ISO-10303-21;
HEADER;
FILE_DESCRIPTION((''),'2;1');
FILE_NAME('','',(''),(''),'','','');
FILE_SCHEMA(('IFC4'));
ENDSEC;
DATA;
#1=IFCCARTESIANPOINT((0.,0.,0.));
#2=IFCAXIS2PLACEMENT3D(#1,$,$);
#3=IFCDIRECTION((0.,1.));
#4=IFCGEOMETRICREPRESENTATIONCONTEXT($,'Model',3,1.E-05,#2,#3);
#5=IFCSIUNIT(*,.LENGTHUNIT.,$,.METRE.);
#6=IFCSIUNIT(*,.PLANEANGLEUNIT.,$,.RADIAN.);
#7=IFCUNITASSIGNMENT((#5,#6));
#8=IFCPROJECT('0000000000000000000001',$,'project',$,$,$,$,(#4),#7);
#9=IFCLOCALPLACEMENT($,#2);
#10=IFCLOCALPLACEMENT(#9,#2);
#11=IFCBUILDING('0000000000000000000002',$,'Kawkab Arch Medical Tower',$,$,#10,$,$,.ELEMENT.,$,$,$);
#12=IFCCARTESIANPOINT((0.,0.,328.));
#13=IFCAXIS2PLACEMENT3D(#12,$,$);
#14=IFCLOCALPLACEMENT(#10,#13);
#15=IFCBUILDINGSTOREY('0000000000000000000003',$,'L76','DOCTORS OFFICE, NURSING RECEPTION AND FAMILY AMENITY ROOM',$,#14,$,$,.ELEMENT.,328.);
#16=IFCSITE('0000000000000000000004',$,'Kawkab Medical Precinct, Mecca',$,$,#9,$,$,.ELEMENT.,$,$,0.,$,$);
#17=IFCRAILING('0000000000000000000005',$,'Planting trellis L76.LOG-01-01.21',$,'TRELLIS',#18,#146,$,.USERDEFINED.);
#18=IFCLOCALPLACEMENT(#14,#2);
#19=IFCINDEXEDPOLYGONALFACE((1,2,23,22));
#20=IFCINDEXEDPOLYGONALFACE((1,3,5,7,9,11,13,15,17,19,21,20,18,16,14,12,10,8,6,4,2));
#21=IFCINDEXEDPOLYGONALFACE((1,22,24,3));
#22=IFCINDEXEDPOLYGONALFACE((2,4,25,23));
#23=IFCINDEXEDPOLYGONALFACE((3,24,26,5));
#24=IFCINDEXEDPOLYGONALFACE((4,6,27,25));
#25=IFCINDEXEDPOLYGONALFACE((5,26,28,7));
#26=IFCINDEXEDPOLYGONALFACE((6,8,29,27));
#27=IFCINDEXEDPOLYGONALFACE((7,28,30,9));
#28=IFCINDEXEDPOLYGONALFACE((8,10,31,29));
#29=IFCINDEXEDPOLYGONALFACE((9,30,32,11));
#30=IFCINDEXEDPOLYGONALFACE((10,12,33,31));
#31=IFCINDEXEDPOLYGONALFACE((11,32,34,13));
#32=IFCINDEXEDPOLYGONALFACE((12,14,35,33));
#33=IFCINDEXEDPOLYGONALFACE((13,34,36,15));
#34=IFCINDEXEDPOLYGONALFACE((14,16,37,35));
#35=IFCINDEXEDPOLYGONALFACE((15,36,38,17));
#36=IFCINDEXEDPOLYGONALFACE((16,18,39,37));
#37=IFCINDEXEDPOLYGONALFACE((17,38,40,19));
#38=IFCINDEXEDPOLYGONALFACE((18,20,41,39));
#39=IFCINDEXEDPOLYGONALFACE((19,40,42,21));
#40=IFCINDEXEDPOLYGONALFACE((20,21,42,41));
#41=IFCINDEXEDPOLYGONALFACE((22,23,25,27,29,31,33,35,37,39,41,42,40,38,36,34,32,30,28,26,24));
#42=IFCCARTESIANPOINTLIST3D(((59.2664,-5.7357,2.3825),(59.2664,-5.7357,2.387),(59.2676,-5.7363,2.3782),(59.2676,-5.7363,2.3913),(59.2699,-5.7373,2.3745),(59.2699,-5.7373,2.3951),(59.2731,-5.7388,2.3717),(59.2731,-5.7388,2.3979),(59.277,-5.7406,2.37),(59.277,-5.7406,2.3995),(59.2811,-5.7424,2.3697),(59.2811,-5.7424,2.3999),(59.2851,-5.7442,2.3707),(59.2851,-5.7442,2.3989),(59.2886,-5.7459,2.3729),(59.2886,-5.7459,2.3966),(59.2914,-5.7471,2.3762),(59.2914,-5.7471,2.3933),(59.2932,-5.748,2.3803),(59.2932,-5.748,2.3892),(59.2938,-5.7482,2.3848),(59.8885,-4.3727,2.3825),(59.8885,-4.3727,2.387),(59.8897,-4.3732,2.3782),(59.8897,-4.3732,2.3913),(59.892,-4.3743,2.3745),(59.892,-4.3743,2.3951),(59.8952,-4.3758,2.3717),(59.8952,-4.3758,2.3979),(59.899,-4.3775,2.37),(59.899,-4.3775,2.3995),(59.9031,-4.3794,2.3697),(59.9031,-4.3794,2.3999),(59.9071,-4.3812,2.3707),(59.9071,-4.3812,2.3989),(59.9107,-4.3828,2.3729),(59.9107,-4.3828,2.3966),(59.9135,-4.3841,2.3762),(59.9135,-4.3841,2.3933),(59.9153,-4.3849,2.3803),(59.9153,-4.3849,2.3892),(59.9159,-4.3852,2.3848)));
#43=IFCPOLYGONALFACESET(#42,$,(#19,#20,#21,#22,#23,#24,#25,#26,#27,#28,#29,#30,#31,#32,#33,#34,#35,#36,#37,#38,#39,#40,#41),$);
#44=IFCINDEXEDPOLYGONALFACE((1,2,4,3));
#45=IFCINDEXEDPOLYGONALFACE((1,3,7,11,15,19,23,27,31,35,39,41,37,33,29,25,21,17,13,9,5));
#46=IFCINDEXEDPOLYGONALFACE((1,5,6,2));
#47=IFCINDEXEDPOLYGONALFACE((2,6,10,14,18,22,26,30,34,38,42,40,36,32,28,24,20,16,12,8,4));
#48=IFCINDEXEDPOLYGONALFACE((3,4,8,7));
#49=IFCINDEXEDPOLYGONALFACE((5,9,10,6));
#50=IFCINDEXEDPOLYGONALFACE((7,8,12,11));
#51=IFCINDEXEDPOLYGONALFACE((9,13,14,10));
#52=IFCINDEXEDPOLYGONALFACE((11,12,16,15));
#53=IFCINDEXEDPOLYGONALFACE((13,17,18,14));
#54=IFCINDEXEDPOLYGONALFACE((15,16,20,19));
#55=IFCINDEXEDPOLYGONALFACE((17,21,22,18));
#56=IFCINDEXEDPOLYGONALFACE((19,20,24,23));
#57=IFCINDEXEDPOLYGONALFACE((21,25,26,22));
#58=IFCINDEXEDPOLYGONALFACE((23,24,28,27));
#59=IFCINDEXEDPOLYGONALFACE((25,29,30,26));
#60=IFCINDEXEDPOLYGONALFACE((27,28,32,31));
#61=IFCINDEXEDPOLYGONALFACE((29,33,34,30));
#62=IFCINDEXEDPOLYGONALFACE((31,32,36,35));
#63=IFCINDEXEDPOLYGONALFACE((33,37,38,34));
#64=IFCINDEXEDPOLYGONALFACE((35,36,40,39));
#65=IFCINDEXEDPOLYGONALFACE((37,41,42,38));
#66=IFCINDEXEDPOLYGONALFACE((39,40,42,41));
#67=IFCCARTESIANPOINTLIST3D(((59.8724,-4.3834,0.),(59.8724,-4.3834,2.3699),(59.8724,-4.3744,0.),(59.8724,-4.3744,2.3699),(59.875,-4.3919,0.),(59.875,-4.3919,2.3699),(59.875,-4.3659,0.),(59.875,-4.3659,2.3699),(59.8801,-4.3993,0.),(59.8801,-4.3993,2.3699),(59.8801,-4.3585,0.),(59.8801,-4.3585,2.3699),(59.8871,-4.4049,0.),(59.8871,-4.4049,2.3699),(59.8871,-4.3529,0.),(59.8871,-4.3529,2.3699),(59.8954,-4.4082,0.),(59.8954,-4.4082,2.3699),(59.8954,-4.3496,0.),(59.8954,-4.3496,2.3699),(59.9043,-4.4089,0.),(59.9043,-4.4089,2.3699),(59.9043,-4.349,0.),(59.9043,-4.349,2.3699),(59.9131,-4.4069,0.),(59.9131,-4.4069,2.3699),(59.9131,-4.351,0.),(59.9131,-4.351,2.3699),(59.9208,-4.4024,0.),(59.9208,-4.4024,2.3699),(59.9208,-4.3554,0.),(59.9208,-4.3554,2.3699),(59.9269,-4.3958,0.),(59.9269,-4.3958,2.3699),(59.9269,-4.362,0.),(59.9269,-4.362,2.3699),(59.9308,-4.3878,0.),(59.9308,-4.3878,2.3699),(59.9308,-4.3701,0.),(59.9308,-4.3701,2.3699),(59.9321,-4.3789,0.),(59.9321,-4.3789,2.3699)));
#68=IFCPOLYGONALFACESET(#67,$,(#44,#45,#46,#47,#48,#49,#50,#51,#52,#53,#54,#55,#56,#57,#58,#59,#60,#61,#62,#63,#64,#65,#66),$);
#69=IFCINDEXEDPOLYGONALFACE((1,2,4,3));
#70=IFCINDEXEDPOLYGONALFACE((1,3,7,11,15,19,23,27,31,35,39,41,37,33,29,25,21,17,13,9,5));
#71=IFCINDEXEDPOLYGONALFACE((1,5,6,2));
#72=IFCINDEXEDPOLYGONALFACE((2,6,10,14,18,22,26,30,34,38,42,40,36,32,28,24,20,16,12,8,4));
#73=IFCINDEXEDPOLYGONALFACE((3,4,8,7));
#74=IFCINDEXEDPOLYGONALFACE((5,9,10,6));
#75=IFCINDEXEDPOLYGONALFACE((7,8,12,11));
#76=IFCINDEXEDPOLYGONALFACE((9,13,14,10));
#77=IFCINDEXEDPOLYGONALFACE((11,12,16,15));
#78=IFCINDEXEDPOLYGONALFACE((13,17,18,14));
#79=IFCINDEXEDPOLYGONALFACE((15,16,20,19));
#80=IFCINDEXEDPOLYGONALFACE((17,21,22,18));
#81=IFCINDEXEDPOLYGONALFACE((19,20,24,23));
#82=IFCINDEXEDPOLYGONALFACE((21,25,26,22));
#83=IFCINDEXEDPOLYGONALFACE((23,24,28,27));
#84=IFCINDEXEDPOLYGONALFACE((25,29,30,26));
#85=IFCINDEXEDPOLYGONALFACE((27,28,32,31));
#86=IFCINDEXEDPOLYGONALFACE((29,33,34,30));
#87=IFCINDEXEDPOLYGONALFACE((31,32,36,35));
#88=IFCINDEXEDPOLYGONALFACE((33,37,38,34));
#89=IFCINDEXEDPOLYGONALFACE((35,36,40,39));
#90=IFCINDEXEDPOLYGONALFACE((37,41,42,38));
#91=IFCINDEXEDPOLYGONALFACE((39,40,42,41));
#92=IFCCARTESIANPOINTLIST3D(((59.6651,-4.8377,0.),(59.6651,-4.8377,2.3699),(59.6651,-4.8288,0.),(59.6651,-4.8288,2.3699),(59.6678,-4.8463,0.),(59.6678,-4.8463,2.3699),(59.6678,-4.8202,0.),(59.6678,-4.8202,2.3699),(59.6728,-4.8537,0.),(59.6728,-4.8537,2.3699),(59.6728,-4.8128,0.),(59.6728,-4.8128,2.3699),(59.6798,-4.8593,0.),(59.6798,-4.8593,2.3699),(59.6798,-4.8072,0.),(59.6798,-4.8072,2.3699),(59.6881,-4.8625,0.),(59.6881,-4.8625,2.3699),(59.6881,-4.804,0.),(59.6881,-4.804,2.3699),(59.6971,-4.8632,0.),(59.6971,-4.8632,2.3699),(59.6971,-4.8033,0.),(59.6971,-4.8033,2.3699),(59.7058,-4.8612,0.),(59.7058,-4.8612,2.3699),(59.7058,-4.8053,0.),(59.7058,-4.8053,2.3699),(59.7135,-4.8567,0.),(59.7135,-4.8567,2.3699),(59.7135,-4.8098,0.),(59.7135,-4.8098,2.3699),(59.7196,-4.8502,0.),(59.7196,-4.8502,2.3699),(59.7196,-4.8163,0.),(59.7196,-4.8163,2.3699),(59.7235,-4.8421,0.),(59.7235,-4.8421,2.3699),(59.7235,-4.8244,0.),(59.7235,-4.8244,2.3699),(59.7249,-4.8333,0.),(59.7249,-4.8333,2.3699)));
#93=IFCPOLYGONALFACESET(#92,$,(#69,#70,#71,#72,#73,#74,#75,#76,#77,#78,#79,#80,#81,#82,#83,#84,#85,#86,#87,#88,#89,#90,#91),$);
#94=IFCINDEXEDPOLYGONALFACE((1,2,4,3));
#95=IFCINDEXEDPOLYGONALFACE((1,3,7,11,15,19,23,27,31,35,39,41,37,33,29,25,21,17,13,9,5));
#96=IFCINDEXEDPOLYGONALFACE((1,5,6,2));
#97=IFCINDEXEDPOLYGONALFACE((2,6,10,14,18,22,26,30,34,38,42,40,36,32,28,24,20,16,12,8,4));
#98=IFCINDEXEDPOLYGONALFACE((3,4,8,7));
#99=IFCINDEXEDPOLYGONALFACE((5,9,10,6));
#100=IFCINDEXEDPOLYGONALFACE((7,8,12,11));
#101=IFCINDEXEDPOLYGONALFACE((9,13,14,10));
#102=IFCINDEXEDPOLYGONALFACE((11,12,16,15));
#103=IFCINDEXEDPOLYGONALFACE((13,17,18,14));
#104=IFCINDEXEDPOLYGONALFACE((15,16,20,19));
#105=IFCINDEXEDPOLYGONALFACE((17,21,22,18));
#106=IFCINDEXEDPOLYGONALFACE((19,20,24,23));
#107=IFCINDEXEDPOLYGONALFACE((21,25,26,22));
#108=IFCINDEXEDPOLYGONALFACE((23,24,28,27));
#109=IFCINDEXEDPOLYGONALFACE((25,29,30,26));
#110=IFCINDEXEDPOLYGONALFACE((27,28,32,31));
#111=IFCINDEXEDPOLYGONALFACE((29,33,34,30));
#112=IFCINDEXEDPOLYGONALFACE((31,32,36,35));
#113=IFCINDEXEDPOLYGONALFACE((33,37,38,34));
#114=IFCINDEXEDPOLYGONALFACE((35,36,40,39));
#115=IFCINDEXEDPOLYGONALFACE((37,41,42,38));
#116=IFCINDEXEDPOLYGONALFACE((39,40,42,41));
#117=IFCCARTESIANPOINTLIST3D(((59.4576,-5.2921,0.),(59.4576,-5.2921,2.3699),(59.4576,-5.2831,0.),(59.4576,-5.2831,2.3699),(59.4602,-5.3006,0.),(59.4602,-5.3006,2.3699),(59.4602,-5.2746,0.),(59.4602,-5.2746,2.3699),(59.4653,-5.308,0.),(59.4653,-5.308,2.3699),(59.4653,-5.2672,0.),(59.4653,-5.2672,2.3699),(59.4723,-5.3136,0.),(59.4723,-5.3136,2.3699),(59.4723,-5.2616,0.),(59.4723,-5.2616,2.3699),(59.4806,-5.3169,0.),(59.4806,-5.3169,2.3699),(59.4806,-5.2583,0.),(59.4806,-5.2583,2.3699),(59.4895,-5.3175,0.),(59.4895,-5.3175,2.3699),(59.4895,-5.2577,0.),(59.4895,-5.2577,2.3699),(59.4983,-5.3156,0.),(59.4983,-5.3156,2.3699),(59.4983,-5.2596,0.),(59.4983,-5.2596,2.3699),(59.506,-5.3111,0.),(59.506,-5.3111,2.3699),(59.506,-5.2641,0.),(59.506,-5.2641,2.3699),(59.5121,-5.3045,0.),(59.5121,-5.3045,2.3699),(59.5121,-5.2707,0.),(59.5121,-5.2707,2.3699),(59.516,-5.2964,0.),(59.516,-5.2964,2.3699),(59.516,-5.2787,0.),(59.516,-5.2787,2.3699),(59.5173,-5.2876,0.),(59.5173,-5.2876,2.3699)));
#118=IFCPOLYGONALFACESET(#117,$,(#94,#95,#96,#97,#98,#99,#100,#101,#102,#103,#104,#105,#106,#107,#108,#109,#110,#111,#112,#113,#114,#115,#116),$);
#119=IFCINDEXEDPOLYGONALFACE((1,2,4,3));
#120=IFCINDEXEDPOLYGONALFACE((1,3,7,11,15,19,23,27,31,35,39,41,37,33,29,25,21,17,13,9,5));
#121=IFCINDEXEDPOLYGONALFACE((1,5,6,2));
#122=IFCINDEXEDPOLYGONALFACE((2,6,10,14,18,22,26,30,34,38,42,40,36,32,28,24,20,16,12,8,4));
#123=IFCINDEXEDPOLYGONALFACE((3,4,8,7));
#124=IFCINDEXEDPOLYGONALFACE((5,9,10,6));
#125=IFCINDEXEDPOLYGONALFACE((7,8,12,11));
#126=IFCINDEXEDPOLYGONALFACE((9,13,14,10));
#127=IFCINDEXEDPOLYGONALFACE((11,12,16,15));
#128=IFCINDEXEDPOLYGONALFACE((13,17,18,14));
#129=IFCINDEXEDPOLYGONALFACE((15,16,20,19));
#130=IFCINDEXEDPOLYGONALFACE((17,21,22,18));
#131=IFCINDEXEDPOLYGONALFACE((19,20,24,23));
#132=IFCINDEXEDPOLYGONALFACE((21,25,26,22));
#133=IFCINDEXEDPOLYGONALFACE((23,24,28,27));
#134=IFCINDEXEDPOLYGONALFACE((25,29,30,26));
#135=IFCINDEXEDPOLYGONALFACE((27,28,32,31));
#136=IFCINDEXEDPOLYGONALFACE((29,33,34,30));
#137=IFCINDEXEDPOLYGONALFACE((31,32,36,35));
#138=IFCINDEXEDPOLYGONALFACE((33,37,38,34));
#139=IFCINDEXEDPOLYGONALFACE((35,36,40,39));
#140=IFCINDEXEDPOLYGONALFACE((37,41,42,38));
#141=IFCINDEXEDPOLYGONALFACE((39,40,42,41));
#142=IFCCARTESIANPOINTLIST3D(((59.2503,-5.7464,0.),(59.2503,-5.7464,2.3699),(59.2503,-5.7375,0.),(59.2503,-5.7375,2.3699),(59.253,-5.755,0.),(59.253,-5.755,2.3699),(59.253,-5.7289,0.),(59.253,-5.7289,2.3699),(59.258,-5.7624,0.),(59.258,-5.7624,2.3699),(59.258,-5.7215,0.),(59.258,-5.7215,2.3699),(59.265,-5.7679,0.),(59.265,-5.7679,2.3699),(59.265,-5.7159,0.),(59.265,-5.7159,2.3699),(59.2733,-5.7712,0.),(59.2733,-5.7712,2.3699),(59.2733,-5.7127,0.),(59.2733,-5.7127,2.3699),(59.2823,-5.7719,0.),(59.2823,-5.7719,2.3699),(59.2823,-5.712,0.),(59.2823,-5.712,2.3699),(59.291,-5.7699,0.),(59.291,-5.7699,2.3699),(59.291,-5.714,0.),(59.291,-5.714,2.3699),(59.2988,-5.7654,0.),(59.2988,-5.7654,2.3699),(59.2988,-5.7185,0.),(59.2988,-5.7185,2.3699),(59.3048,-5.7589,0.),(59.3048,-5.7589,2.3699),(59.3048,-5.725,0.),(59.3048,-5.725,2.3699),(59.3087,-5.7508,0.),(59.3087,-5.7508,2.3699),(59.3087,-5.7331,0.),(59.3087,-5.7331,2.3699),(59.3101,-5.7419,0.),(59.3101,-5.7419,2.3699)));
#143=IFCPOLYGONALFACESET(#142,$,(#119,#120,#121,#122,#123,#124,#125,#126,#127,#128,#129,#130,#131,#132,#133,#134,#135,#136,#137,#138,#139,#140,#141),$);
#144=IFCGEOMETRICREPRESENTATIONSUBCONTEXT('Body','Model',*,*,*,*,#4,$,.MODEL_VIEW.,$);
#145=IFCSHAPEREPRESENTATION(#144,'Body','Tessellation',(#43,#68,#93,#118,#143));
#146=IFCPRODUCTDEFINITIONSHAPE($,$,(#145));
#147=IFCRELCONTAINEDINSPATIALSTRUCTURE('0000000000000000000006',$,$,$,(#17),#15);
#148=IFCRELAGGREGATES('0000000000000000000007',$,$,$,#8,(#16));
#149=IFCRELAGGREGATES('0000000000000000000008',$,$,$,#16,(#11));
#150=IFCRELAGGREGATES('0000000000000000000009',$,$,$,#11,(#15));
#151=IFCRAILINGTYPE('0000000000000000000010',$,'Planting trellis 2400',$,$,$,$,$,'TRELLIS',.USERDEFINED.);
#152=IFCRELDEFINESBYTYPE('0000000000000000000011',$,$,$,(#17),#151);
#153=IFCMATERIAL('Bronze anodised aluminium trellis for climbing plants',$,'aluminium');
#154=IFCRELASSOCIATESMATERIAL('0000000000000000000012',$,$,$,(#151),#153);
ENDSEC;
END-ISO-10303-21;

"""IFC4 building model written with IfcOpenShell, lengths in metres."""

from ifc_helpers import new_model, si_unit, direction, frame, origin, origin_2d, place, context, subcontext, project, spatial, circle, extrude, material, type_object, element, save


model = new_model("IFC4")

# Units and contexts
model_context = context("Model", 3, precision=1e-05, world=origin(), true_north=direction((0.0, 1.0)))
body_context = subcontext(model_context, "Body", "Model", "MODEL_VIEW")
ifc_project = project(units=[si_unit("LENGTHUNIT", "METRE"), si_unit("PLANEANGLEUNIT", "RADIAN")], contexts=[model_context])

# Site, building, storey
site_placement = place(None, origin())
site = spatial("IfcSite", under=ifc_project, at=site_placement, Name="Kawkab Medical Precinct, Mecca", CompositionType="ELEMENT", RefElevation=0.0)
building_placement = place(site_placement, origin())
building = spatial("IfcBuilding", under=site, at=building_placement, Name="Kawkab Arch Medical Tower", CompositionType="ELEMENT")
storey_placement = place(building_placement, frame((0.0, 0.0, 328.0)))
storey = spatial("IfcBuildingStorey", under=building, at=storey_placement, Name="L76", Description="DOCTORS OFFICE, NURSING RECEPTION AND FAMILY AMENITY ROOM", CompositionType="ELEMENT", Elevation=328.0)

# Railing
ifc_material_1 = material(Name="Bronze anodised aluminium trellis for climbing plants", Category="aluminium")
railing_type = type_object("IfcRailingType", Name="Planting trellis 2400", ElementType="TRELLIS", PredefinedType="USERDEFINED", material=ifc_material_1)
railing_1_placement = place(storey_placement, frame((59.9021, -4.3789, 0.0)))
element("IfcRailing", 1, at=railing_1_placement, inside=storey, type_object=railing_type, Name="Planting trellis L76.LOG-01-01.21", ObjectType="TRELLIS", PredefinedType="USERDEFINED", context=body_context, shape_type="SweptSolid", body=[
    extrude(circle(Radius=0.0151, at=origin_2d()), frame((0.0, 0.0, 2.3848), z_axis=(-0.41519, -0.909735, 0.0), x_axis=(0.909735, -0.41519, 0.0)), (0.0, 0.0, 1.0), 1.4983),
    extrude(circle(Radius=0.03, at=origin_2d()), origin(), (0.0, 0.0, 1.0), 2.3699),
    extrude(circle(Radius=0.03, at=origin_2d()), frame((-0.2073, -0.4543, 0.0)), (0.0, 0.0, 1.0), 2.3699),
    extrude(circle(Radius=0.03, at=origin_2d()), frame((-0.4148, -0.9087, 0.0)), (0.0, 0.0, 1.0), 2.3699),
    extrude(circle(Radius=0.03, at=origin_2d()), frame((-0.6221, -1.363, 0.0)), (0.0, 0.0, 1.0), 2.3699),
])

save(model, "model.ifc")
